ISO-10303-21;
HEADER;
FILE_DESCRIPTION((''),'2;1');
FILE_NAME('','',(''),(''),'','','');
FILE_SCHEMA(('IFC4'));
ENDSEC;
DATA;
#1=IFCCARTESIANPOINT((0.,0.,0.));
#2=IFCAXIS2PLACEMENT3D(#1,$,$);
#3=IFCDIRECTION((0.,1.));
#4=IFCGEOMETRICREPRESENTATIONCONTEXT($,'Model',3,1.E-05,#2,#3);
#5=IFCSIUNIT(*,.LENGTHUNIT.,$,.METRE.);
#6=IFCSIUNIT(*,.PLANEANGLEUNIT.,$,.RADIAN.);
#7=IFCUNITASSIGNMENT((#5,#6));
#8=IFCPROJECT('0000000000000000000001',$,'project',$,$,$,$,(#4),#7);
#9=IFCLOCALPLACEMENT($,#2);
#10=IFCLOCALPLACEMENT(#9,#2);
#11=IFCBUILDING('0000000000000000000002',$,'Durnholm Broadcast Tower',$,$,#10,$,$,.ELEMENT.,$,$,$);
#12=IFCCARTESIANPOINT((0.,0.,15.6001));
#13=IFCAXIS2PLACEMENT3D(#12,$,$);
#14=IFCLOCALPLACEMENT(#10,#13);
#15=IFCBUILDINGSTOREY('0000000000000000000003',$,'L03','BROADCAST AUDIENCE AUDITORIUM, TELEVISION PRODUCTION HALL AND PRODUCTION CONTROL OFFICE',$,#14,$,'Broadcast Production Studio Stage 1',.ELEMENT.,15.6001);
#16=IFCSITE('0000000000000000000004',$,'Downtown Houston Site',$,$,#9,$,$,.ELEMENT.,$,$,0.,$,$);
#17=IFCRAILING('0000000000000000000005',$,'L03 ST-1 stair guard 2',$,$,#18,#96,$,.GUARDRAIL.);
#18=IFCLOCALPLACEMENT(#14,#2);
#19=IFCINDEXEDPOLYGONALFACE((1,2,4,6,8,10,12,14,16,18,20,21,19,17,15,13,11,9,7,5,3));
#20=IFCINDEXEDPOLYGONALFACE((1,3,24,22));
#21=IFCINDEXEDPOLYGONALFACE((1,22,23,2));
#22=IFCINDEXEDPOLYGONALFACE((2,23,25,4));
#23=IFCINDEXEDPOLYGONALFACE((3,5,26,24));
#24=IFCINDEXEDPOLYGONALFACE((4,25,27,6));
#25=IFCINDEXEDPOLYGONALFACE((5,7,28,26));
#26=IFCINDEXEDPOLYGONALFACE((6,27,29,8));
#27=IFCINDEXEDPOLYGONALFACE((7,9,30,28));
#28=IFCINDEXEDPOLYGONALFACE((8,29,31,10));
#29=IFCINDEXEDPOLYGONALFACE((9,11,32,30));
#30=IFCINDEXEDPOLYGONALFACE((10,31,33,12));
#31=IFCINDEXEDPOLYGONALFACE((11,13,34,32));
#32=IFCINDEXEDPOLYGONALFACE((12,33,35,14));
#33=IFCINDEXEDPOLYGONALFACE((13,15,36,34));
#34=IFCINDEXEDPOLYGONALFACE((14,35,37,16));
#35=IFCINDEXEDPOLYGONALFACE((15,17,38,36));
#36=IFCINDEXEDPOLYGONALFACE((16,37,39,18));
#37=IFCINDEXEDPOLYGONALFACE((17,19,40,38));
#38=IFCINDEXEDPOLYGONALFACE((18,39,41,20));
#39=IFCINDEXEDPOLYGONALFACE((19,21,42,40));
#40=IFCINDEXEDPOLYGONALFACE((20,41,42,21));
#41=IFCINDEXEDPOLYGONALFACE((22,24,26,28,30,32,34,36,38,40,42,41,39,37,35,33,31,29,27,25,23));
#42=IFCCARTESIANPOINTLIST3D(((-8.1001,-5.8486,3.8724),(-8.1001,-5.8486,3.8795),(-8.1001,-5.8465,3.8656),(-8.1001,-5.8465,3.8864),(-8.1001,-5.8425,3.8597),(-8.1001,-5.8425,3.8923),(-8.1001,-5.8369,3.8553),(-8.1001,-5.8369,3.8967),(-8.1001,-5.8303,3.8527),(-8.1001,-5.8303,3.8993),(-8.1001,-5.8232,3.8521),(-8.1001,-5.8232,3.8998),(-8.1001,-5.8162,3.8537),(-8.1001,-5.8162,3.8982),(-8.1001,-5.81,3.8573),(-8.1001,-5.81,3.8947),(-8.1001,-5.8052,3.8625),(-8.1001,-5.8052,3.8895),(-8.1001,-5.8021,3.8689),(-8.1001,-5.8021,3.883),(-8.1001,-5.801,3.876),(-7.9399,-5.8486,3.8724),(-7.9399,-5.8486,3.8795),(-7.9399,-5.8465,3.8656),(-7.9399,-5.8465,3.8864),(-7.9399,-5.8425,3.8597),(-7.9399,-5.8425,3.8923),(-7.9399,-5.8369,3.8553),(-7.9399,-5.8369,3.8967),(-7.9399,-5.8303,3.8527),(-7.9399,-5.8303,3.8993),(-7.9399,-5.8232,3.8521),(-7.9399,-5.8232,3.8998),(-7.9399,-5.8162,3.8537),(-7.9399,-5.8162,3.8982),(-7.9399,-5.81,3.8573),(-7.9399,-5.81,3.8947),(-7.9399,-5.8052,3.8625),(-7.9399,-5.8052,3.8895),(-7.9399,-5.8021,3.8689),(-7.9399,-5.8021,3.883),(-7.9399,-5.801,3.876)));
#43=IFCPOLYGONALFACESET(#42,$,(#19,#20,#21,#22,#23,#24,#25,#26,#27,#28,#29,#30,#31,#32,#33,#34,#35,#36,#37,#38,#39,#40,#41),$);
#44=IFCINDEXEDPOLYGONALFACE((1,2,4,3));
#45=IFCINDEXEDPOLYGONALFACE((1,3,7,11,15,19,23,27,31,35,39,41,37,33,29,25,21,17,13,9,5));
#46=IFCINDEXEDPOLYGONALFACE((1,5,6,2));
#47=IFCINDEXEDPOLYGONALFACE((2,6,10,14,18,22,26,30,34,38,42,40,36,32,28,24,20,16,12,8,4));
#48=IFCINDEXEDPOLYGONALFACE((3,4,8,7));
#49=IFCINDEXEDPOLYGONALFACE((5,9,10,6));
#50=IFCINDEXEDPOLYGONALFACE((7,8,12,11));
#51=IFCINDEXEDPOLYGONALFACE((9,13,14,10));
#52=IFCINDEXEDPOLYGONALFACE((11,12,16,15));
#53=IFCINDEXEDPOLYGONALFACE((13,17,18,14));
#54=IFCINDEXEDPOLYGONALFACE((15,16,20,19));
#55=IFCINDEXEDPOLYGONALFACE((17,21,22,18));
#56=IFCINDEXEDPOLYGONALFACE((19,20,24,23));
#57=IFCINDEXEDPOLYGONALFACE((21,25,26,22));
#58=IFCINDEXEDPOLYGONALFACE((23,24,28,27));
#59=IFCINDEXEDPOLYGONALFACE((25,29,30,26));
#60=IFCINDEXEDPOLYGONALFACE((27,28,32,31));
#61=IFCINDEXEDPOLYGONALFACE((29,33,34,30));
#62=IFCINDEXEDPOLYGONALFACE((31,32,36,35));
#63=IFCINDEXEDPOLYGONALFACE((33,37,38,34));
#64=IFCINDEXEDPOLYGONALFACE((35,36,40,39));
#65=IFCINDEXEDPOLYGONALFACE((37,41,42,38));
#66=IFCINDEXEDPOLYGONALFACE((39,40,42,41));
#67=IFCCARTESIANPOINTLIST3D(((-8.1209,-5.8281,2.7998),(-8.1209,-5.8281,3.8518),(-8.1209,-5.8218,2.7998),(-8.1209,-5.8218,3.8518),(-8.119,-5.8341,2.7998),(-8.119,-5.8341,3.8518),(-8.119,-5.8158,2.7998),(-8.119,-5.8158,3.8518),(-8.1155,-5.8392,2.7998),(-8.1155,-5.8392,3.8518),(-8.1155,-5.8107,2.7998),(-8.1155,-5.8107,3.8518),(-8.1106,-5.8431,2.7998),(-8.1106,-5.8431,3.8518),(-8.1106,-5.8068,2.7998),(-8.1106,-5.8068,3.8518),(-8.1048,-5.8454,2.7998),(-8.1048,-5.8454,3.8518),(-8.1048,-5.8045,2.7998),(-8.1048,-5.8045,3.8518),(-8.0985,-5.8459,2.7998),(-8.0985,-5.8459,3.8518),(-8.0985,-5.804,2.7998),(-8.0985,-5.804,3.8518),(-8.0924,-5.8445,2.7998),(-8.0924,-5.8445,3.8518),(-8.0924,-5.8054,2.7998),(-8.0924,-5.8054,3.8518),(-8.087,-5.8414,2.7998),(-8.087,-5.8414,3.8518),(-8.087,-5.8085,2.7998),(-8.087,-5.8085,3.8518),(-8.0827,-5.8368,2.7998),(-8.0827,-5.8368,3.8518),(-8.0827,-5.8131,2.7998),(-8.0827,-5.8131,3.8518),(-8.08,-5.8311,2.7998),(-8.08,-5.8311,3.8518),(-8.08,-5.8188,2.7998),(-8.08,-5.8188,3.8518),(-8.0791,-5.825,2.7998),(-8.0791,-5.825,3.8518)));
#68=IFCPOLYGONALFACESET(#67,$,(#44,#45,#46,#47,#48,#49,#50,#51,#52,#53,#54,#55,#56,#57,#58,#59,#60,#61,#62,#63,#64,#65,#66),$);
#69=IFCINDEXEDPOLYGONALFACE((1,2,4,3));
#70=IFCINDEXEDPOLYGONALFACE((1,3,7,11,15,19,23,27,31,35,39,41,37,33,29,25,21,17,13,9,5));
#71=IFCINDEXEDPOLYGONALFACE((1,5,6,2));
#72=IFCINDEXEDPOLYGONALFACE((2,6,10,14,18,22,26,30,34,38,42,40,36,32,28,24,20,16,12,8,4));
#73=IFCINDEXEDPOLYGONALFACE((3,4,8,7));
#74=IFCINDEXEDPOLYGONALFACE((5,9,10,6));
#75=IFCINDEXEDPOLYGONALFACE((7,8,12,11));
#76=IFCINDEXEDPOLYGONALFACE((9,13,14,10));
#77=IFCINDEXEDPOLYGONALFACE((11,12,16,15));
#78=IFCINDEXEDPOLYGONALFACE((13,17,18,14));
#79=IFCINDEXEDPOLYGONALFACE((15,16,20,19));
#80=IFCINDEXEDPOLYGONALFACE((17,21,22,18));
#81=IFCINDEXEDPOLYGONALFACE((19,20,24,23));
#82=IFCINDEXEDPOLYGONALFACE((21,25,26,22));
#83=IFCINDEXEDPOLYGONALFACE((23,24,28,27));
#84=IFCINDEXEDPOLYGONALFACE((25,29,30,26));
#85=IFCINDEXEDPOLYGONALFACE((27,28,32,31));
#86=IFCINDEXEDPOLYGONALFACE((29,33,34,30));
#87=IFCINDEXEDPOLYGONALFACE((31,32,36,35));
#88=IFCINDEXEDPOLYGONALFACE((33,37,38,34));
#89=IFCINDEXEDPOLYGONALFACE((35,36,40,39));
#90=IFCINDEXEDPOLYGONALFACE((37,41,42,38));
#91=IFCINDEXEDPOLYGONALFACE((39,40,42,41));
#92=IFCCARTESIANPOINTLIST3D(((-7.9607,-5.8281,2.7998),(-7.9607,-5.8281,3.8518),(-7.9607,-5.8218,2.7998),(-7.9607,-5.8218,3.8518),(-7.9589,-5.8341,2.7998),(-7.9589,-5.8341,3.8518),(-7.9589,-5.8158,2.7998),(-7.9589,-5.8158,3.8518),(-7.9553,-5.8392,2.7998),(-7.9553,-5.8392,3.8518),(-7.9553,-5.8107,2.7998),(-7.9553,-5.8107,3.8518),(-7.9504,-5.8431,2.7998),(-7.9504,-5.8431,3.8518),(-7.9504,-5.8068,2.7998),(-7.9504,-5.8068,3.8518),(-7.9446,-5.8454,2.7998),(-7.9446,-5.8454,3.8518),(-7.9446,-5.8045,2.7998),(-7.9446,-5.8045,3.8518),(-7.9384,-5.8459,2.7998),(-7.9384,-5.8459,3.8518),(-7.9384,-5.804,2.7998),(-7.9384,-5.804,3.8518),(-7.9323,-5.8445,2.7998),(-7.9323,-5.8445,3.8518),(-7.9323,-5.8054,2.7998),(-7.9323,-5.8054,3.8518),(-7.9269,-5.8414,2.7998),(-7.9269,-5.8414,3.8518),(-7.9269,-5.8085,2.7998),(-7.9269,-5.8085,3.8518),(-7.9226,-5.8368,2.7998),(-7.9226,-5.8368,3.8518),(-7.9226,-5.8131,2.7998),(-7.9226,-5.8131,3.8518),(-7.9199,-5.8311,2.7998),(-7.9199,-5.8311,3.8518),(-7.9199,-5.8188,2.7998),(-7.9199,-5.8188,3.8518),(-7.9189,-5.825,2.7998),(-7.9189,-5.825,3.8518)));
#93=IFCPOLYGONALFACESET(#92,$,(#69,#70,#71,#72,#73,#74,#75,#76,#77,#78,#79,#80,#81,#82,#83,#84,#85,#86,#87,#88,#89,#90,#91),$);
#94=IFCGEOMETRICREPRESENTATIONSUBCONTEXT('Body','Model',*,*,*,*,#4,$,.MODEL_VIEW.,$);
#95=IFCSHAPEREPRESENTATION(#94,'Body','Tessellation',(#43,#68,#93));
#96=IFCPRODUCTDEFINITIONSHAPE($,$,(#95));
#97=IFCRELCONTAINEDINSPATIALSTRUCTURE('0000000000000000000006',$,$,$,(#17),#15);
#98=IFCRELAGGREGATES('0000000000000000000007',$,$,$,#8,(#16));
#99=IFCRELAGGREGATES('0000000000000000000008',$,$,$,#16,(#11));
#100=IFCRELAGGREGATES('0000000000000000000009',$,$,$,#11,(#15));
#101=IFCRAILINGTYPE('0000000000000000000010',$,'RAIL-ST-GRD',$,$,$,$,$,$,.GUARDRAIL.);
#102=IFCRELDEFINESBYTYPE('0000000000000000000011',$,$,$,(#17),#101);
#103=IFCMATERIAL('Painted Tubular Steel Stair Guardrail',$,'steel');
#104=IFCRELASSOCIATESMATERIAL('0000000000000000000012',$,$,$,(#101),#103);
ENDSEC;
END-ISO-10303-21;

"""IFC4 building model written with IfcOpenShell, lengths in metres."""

from ifc_helpers import new_model, si_unit, direction, frame, origin, origin_2d, place, context, subcontext, project, spatial, circle, extrude, material, type_object, element, save


model = new_model("IFC4")

# Units and contexts
model_context = context("Model", 3, precision=1e-05, world=origin(), true_north=direction((0.0, 1.0)))
body_context = subcontext(model_context, "Body", "Model", "MODEL_VIEW")
ifc_project = project(units=[si_unit("LENGTHUNIT", "METRE"), si_unit("PLANEANGLEUNIT", "RADIAN")], contexts=[model_context])

# Site, building, storey
site_placement = place(None, origin())
site = spatial("IfcSite", under=ifc_project, at=site_placement, Name="Downtown Houston Site", CompositionType="ELEMENT", RefElevation=0.0)
building_placement = place(site_placement, origin())
building = spatial("IfcBuilding", under=site, at=building_placement, Name="Durnholm Broadcast Tower", CompositionType="ELEMENT")
storey_placement = place(building_placement, frame((0.0, 0.0, 15.6001)))
storey = spatial("IfcBuildingStorey", under=building, at=storey_placement, Name="L03", Description="BROADCAST AUDIENCE AUDITORIUM, TELEVISION PRODUCTION HALL AND PRODUCTION CONTROL OFFICE", LongName="Broadcast Production Studio Stage 1", CompositionType="ELEMENT", Elevation=15.6001)

# Railing
ifc_material_1 = material(Name="Painted Tubular Steel Stair Guardrail", Category="steel")
railing_type_1 = type_object("IfcRailingType", Name="RAIL-ST-GRD", PredefinedType="GUARDRAIL", material=ifc_material_1)
railing_1_placement = place(storey_placement, frame((-8.1001, -5.825, 2.7998)))
element("IfcRailing", 1, at=railing_1_placement, inside=storey, type_object=railing_type_1, Name="L03 ST-1 stair guard 2", PredefinedType="GUARDRAIL", context=body_context, shape_type="SweptSolid", body=[
    extrude(circle(Radius=0.0239, at=origin_2d()), frame((0.0, 0.0, 1.0762), z_axis=(1.0, 0.0, 0.0), x_axis=(0.0, 1.0, 0.0)), (0.0, 0.0, 1.0), 0.1602),
    extrude(circle(Radius=0.021, at=origin_2d()), origin(), (0.0, 0.0, 1.0), 1.052),
    extrude(circle(Radius=0.021, at=origin_2d()), frame((0.1602, 0.0, 0.0)), (0.0, 0.0, 1.0), 1.052),
])

save(model, "model.ifc")
